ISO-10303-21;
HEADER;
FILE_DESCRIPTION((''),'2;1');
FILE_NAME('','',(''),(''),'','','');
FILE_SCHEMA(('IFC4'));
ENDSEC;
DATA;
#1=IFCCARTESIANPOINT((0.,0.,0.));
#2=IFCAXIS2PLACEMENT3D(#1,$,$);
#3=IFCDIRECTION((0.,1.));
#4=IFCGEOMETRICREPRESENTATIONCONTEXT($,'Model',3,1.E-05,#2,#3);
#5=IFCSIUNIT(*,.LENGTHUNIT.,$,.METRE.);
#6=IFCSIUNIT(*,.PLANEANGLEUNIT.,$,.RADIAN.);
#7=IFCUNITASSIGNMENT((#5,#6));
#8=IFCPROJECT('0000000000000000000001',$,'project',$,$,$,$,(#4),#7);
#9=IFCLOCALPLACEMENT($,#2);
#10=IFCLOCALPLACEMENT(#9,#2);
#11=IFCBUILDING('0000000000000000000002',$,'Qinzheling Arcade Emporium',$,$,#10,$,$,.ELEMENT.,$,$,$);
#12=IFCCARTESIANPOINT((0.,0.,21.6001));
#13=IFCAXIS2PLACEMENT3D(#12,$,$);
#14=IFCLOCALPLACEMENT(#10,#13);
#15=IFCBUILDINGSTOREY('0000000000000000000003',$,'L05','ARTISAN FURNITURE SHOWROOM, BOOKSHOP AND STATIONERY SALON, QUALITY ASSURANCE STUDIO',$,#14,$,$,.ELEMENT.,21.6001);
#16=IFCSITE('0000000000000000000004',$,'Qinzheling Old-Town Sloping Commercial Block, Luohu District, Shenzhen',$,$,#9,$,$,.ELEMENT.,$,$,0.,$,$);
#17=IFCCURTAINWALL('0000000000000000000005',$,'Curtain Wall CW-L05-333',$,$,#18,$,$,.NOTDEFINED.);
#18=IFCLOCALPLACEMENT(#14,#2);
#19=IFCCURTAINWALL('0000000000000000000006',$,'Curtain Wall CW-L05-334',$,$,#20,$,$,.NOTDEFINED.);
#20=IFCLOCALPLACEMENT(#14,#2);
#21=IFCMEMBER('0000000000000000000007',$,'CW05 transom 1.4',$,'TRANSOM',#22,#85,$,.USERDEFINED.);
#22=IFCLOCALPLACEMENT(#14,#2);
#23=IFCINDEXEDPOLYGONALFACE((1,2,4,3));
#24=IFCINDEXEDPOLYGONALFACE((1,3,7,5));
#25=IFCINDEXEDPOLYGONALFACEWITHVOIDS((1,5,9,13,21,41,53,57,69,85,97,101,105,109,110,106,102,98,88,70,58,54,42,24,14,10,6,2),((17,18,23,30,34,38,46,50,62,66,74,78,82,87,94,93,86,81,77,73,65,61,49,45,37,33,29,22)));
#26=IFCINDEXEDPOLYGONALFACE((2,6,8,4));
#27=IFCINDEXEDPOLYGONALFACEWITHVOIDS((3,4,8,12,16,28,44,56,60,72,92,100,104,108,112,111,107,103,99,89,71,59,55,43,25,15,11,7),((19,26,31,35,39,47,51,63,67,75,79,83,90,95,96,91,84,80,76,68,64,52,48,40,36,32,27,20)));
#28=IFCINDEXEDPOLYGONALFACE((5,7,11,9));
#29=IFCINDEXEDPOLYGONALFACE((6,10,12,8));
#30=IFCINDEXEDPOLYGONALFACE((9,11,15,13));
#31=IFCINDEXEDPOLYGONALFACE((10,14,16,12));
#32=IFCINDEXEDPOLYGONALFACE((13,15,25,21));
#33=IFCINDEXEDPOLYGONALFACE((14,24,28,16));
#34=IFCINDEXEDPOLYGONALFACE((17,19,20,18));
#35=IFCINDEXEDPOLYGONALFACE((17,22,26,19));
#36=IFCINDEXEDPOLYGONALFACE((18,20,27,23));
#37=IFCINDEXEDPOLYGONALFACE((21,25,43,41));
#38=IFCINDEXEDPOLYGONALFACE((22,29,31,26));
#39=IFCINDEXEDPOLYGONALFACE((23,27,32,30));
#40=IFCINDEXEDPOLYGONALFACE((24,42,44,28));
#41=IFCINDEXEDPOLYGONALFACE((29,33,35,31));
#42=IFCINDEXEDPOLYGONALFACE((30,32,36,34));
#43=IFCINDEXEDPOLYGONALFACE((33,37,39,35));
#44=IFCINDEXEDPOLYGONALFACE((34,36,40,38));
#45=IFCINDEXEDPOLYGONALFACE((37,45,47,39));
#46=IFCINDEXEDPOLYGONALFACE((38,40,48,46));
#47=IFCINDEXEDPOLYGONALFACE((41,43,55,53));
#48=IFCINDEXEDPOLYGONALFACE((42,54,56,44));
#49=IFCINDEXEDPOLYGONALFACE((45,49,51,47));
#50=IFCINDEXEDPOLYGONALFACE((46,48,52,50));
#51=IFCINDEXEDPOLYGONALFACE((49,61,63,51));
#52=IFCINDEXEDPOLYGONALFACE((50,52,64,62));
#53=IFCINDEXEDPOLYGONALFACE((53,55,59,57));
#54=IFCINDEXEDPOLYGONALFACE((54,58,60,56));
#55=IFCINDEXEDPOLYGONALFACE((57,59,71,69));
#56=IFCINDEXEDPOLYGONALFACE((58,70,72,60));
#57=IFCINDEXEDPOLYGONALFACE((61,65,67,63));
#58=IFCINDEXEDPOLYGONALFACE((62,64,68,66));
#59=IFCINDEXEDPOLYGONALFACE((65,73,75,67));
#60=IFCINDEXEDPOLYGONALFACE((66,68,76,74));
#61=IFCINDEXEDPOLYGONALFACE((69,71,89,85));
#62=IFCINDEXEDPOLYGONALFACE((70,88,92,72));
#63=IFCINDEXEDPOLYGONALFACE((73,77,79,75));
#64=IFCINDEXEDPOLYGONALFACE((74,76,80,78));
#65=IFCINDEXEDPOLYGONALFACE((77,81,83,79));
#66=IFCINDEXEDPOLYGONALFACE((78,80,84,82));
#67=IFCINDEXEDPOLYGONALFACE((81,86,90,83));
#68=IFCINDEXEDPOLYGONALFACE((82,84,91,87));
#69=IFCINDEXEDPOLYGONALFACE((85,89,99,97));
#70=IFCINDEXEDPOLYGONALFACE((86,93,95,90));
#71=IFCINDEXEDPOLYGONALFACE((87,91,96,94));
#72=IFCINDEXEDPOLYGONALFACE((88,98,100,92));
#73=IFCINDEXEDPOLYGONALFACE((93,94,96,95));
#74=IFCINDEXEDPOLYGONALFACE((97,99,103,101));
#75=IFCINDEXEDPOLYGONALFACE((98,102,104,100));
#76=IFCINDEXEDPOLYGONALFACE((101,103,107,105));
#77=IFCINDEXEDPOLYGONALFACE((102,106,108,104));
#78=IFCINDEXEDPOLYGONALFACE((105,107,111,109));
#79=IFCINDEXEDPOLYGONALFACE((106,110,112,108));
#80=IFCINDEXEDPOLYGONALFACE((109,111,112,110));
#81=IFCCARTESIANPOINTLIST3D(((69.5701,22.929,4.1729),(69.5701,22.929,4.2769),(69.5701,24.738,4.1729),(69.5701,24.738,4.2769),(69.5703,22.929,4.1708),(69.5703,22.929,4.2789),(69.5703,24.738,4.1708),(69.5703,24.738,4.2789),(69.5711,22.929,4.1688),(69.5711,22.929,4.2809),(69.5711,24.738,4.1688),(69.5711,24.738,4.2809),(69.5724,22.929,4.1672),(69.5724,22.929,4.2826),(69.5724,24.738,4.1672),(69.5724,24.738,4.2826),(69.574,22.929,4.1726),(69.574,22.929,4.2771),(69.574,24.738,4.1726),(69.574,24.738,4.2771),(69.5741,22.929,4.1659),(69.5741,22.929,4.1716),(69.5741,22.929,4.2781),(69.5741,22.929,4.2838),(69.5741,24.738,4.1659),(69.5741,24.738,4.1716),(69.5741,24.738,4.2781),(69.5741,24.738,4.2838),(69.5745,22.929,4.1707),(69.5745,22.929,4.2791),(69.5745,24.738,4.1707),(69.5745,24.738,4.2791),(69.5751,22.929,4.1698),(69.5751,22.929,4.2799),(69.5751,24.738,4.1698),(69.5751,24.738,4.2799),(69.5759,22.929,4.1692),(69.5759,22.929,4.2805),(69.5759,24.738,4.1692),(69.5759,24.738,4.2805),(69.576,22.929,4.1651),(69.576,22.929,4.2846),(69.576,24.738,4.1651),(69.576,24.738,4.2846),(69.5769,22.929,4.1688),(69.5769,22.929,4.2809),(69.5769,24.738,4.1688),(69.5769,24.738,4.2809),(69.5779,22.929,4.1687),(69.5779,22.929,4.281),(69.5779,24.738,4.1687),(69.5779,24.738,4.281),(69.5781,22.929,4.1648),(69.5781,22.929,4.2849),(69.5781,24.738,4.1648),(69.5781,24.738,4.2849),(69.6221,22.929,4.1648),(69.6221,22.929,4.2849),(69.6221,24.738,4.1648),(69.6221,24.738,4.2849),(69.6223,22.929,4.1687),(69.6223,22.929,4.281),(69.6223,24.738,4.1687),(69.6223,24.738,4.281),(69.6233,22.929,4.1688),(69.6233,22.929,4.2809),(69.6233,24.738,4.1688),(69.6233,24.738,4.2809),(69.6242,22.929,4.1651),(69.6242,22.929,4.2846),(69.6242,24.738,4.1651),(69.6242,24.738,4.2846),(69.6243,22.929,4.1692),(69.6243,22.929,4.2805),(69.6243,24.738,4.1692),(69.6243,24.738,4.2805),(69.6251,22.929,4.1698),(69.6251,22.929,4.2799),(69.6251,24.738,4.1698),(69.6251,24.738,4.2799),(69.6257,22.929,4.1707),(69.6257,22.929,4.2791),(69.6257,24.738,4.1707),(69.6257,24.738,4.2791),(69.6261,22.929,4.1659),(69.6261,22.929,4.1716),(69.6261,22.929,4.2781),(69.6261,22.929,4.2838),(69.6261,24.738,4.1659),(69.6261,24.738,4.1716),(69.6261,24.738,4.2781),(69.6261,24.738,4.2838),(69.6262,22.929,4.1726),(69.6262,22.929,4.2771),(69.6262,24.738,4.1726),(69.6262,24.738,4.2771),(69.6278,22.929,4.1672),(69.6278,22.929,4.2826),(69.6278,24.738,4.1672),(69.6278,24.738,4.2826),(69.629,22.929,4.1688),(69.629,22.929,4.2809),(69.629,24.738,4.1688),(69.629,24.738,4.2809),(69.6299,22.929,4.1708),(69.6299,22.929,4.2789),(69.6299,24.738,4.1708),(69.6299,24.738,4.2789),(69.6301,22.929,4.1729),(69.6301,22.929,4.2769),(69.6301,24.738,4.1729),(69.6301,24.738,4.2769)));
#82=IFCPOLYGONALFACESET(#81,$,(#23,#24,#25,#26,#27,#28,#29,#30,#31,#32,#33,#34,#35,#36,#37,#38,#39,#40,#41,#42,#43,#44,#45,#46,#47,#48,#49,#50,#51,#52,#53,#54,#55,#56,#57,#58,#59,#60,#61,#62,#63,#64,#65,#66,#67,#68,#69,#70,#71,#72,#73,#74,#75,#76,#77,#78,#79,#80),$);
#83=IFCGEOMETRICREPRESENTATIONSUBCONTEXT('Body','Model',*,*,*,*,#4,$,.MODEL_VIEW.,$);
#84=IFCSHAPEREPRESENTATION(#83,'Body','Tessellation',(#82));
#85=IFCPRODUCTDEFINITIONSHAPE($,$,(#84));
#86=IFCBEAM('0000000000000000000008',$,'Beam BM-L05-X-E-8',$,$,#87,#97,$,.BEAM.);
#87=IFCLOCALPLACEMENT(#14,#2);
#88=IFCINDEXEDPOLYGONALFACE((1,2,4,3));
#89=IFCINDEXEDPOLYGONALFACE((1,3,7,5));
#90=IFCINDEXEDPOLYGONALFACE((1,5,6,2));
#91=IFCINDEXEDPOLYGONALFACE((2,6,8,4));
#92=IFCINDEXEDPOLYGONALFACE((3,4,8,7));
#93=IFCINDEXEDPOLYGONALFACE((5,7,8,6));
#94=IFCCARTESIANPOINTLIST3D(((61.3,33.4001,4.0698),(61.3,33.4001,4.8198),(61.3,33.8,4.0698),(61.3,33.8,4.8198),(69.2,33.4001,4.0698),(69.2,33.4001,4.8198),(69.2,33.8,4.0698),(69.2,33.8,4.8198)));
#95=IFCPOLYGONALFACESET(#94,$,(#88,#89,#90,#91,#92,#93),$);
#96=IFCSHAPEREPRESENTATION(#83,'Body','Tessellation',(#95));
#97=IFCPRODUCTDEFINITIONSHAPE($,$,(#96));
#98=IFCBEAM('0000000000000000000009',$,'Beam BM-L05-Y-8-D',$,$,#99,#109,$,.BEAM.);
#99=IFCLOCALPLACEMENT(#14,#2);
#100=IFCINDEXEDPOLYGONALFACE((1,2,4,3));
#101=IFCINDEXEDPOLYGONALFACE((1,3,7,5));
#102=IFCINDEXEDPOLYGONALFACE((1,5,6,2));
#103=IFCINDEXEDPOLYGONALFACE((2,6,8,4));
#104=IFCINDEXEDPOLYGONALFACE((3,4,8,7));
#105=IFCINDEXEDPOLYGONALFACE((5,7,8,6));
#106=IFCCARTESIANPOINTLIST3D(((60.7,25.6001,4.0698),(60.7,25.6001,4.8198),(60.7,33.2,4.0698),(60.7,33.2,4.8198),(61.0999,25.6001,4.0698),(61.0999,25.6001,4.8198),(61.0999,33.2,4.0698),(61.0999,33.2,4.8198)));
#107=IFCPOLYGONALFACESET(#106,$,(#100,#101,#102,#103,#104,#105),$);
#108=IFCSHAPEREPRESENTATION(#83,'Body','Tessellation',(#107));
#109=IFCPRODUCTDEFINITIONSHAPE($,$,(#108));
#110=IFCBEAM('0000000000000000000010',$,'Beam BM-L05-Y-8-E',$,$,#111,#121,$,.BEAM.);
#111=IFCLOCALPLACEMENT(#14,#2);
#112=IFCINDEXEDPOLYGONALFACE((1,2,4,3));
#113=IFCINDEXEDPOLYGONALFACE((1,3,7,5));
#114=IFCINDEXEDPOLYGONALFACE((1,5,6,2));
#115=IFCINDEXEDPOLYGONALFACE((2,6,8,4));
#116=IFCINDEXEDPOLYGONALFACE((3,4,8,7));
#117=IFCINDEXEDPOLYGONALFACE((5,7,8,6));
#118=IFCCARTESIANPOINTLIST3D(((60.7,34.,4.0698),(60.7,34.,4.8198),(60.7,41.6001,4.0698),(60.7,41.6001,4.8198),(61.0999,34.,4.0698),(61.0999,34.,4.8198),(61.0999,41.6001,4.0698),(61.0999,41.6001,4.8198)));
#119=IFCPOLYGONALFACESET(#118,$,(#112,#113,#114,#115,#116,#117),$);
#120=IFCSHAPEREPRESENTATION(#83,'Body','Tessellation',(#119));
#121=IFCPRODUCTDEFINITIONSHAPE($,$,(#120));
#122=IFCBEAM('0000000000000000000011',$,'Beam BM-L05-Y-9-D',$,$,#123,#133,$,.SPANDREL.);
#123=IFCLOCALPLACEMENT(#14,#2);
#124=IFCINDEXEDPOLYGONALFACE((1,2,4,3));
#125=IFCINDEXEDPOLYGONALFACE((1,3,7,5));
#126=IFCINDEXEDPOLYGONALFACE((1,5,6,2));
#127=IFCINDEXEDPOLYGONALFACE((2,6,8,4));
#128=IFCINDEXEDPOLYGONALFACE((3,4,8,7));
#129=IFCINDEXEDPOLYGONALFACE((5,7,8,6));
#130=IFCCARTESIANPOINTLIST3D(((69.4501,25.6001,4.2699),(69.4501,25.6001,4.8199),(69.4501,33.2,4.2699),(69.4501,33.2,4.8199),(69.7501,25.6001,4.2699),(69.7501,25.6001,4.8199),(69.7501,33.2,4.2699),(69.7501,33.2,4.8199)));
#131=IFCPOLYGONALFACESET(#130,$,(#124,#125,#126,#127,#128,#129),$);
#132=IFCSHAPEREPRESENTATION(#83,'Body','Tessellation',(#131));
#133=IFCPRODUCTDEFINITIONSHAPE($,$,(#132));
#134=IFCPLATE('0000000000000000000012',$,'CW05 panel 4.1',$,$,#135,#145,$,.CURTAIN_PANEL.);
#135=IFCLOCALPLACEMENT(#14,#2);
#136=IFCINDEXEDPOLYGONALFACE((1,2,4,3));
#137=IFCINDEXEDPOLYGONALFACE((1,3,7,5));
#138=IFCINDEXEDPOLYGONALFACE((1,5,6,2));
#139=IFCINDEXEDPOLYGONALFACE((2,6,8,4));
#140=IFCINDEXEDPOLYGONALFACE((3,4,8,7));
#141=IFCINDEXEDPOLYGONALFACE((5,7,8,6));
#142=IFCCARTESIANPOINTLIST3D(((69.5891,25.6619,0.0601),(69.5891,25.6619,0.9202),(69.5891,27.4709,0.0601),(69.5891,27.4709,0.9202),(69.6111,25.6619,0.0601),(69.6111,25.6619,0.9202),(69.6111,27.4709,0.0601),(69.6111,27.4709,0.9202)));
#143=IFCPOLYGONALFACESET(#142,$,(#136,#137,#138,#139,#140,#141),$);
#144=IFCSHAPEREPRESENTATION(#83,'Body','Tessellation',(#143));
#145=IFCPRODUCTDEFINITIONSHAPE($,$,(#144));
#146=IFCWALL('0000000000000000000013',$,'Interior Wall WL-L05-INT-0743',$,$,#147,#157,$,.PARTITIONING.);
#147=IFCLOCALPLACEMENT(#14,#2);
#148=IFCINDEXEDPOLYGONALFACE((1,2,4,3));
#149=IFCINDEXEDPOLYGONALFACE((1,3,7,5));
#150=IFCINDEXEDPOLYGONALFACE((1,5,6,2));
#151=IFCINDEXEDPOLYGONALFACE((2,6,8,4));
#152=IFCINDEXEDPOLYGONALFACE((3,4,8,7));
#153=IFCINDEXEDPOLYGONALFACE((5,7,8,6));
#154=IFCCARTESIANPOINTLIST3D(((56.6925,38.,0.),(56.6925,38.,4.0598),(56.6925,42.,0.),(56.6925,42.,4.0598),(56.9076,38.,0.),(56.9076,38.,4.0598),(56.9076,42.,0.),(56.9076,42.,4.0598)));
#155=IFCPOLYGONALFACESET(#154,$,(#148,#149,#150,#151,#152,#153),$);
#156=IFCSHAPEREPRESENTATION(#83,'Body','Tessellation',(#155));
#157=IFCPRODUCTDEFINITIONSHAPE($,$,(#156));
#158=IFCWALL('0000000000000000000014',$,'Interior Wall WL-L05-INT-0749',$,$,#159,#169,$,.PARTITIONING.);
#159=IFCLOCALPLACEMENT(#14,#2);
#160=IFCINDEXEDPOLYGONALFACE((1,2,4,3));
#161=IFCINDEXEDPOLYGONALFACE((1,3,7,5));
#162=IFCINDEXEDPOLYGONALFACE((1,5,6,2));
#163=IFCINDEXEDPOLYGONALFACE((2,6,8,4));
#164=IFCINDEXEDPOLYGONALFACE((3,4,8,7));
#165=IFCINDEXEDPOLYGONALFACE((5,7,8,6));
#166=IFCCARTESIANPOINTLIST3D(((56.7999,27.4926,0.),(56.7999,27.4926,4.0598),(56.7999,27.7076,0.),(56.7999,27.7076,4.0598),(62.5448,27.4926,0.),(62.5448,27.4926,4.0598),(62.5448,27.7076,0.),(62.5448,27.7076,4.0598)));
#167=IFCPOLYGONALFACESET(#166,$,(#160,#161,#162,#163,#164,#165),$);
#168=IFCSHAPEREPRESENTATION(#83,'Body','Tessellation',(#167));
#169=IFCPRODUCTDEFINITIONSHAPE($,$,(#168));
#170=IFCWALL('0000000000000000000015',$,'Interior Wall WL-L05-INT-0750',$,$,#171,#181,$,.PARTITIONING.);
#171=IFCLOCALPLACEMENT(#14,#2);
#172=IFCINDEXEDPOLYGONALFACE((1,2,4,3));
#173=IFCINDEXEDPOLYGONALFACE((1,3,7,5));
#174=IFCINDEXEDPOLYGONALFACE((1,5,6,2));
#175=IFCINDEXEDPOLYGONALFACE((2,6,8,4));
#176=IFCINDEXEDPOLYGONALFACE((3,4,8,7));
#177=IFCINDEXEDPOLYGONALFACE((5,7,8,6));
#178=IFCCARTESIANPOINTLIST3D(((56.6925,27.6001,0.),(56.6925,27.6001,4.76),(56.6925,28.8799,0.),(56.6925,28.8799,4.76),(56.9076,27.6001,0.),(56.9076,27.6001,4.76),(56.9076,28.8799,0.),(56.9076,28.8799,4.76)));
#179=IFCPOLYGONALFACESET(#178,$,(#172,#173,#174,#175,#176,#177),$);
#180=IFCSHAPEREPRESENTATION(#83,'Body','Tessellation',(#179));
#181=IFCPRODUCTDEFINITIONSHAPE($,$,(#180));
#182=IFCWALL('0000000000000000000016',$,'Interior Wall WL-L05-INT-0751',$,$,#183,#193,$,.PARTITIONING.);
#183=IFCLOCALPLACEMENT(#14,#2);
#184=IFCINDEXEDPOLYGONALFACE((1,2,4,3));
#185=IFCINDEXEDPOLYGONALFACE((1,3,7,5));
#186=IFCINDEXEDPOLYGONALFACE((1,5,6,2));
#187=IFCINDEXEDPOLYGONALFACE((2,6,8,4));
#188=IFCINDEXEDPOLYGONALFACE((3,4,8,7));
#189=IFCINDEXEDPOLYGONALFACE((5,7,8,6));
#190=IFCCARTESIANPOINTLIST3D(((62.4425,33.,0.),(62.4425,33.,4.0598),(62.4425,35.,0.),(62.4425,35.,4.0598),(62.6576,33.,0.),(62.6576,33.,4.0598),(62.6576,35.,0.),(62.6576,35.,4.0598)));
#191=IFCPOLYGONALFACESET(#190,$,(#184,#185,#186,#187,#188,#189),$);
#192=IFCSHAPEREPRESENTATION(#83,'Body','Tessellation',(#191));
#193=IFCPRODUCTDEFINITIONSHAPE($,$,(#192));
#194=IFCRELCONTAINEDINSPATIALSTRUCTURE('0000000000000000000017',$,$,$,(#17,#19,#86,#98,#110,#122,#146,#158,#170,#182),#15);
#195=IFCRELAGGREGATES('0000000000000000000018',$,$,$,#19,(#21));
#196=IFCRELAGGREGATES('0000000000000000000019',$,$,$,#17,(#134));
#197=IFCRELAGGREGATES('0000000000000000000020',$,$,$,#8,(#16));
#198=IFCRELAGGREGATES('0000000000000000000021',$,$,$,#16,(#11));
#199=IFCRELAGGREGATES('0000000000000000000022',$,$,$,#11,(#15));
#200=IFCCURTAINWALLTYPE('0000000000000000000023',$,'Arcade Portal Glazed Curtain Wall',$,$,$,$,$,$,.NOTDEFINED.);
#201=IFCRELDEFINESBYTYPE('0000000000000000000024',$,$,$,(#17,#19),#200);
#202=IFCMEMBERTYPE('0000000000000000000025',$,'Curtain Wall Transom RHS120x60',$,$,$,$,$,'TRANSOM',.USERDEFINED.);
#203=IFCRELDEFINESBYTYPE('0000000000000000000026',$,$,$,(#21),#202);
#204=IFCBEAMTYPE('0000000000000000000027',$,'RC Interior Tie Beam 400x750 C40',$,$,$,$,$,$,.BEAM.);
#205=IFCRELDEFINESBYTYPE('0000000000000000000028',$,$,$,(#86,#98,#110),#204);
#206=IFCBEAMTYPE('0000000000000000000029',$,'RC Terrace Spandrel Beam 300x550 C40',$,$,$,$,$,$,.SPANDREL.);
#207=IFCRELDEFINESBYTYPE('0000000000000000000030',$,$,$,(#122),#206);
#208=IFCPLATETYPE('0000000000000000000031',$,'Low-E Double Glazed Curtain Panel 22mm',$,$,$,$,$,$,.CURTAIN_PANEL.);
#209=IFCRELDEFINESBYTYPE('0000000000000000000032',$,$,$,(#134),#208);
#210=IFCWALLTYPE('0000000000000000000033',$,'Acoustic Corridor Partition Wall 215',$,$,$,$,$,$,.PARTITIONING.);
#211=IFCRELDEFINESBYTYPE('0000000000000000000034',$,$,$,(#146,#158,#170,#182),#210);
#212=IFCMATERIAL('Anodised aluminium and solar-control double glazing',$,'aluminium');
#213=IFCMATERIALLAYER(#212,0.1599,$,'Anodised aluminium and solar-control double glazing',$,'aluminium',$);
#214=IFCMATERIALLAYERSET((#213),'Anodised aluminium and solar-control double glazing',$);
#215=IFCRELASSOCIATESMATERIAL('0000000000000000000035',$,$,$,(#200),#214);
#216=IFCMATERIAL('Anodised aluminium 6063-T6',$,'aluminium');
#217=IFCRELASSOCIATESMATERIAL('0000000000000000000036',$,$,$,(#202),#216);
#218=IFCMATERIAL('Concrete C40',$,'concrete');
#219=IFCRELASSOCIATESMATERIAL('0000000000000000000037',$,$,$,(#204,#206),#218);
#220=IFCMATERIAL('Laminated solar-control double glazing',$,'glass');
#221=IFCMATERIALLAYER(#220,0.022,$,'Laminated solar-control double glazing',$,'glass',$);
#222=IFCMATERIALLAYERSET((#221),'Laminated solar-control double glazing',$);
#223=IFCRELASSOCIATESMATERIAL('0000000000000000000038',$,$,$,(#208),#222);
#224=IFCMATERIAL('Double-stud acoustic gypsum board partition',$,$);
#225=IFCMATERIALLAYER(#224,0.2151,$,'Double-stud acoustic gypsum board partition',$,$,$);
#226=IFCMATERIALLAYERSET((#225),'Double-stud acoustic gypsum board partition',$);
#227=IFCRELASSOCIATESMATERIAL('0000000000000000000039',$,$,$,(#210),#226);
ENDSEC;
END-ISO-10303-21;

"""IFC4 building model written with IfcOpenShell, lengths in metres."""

from ifc_helpers import new_model, si_unit, direction, frame, frame_2d, origin, origin_2d, place, context, subcontext, project, spatial, rectangle, hollow_rectangle, extrude, material, layer, layer_set, material_profile, profile_set, type_object, element, aggregate, save


model = new_model("IFC4")

# Units and contexts
model_context = context("Model", 3, precision=1e-05, world=origin(), true_north=direction((0.0, 1.0)))
body_context = subcontext(model_context, "Body", "Model", "MODEL_VIEW")
ifc_project = project(units=[si_unit("LENGTHUNIT", "METRE"), si_unit("PLANEANGLEUNIT", "RADIAN")], contexts=[model_context])

# Site, building, storey
site_placement = place(None, origin())
site = spatial("IfcSite", under=ifc_project, at=site_placement, Name="Qinzheling Old-Town Sloping Commercial Block, Luohu District, Shenzhen", CompositionType="ELEMENT", RefElevation=0.0)
building_placement = place(site_placement, origin())
building = spatial("IfcBuilding", under=site, at=building_placement, Name="Qinzheling Arcade Emporium", CompositionType="ELEMENT")
storey_placement = place(building_placement, frame((0.0, 0.0, 21.6001)))
storey = spatial("IfcBuildingStorey", under=building, at=storey_placement, Name="L05", Description="ARTISAN FURNITURE SHOWROOM, BOOKSHOP AND STATIONERY SALON, QUALITY ASSURANCE STUDIO", CompositionType="ELEMENT", Elevation=21.6001)

# Shared definitions
ifc_material_1 = material(Name="Concrete C40", Category="concrete")

# Curtain wall
ifc_material_2 = material(Name="Anodised aluminium and solar-control double glazing", Category="aluminium")
ifc_layer_1 = layer(ifc_material_2, 0.1599, Name="Anodised aluminium and solar-control double glazing", Category="aluminium")
ifc_layer_set_1 = layer_set([ifc_layer_1], Name="Anodised aluminium and solar-control double glazing")
curtain_wall_type = type_object("IfcCurtainWallType", Name="Arcade Portal Glazed Curtain Wall", PredefinedType="NOTDEFINED", material=ifc_layer_set_1)
curtain_wall_1_placement = place(storey_placement, origin())
curtain_wall_1 = element("IfcCurtainWall", 1, at=curtain_wall_1_placement, inside=storey, type_object=curtain_wall_type, Name="Curtain Wall CW-L05-333", PredefinedType="NOTDEFINED")
ifc_material_3 = material(Name="Anodised aluminium 6063-T6", Category="aluminium")

# Curtain wall, member
curtain_wall_2_placement = place(storey_placement, origin())
curtain_wall_2 = element("IfcCurtainWall", 2, at=curtain_wall_2_placement, inside=storey, type_object=curtain_wall_type, Name="Curtain Wall CW-L05-334", PredefinedType="NOTDEFINED")
ifc_material_profile_1 = material_profile(ifc_material_3, hollow_rectangle(XDim=0.0601, YDim=0.1201, WallThickness=0.0039, InnerFilletRadius=0.0039, OuterFilletRadius=0.0081, at=origin_2d()), Name="RHS 120x60x4", Category="aluminium")
ifc_profile_set_1 = profile_set([ifc_material_profile_1], Name="Anodised aluminium 6063-T6")
member_type_1 = type_object("IfcMemberType", Name="Curtain Wall Transom RHS120x60", ElementType="TRANSOM", PredefinedType="USERDEFINED", material=ifc_profile_set_1)
member_1_placement = place(storey_placement, frame((69.6001, 24.738, 4.2249), z_axis=(0.0, -1.0, 0.0), x_axis=(1.0, 0.0, 0.0)))
member_1 = element("IfcMember", 3, at=member_1_placement, type_object=member_type_1, Name="CW05 transom 1.4", ObjectType="TRANSOM", PredefinedType="USERDEFINED", context=body_context, shape_type="SweptSolid", body=[
    extrude(hollow_rectangle(XDim=0.0601, YDim=0.1201, WallThickness=0.0039, InnerFilletRadius=0.0039, OuterFilletRadius=0.0081, at=origin_2d()), origin(), (0.0, 0.0, 1.0), 1.8091),
])
aggregate(curtain_wall_2, [member_1])

# Beams
ifc_material_profile_2 = material_profile(ifc_material_1, rectangle(XDim=0.3999, YDim=0.75, at=origin_2d()), Name="RC 400x750", Category="concrete")
ifc_profile_set_2 = profile_set([ifc_material_profile_2], Name="Concrete C40")
beam_type_1 = type_object("IfcBeamType", Name="RC Interior Tie Beam 400x750 C40", PredefinedType="BEAM", material=ifc_profile_set_2)
beam_1_placement = place(storey_placement, frame((61.3, 33.6001, 4.4448), z_axis=(1.0, 0.0, 0.0), x_axis=(0.0, 1.0, 0.0)))
element("IfcBeam", 4, at=beam_1_placement, inside=storey, type_object=beam_type_1, Name="Beam BM-L05-X-E-8", PredefinedType="BEAM", context=body_context, shape_type="SweptSolid", body=[
    extrude(rectangle(XDim=0.3999, YDim=0.75, at=origin_2d()), origin(), (0.0, 0.0, 1.0), 7.8999),
])
beam_2_placement = place(storey_placement, frame((60.8999, 25.6001, 4.4448), z_axis=(0.0, 1.0, 0.0), x_axis=(-1.0, 0.0, 0.0)))
element("IfcBeam", 5, at=beam_2_placement, inside=storey, type_object=beam_type_1, Name="Beam BM-L05-Y-8-D", PredefinedType="BEAM", context=body_context, shape_type="SweptSolid", body=[
    extrude(rectangle(XDim=0.3999, YDim=0.75, at=origin_2d()), origin(), (0.0, 0.0, 1.0), 7.5999),
])
beam_3_placement = place(storey_placement, frame((60.8999, 34.0, 4.4448), z_axis=(0.0, 1.0, 0.0), x_axis=(-1.0, 0.0, 0.0)))
element("IfcBeam", 6, at=beam_3_placement, inside=storey, type_object=beam_type_1, Name="Beam BM-L05-Y-8-E", PredefinedType="BEAM", context=body_context, shape_type="SweptSolid", body=[
    extrude(rectangle(XDim=0.3999, YDim=0.75, at=origin_2d()), origin(), (0.0, 0.0, 1.0), 7.6001),
])
ifc_material_profile_3 = material_profile(ifc_material_1, rectangle(XDim=0.3, YDim=0.55, at=origin_2d()), Name="RC 300x550", Category="concrete")
ifc_profile_set_3 = profile_set([ifc_material_profile_3], Name="Concrete C40")
beam_type_2 = type_object("IfcBeamType", Name="RC Terrace Spandrel Beam 300x550 C40", PredefinedType="SPANDREL", material=ifc_profile_set_3)
beam_4_placement = place(storey_placement, frame((69.6001, 25.6001, 4.5449), z_axis=(0.0, 1.0, 0.0), x_axis=(-1.0, 0.0, 0.0)))
element("IfcBeam", 7, at=beam_4_placement, inside=storey, type_object=beam_type_2, Name="Beam BM-L05-Y-9-D", PredefinedType="SPANDREL", context=body_context, shape_type="SweptSolid", body=[
    extrude(rectangle(XDim=0.3, YDim=0.55, at=origin_2d()), origin(), (0.0, 0.0, 1.0), 7.5999),
])

# Plate
ifc_material_4 = material(Name="Laminated solar-control double glazing", Category="glass")
ifc_layer_2 = layer(ifc_material_4, 0.022, Name="Laminated solar-control double glazing", Category="glass")
ifc_layer_set_2 = layer_set([ifc_layer_2], Name="Laminated solar-control double glazing")
plate_type = type_object("IfcPlateType", Name="Low-E Double Glazed Curtain Panel 22mm", PredefinedType="CURTAIN_PANEL", material=ifc_layer_set_2)
plate_placement = place(storey_placement, frame((69.6001, 26.5664, 0.0601), z_axis=(0.0, 0.0, 1.0), x_axis=(0.0, -1.0, 0.0)))
plate = element("IfcPlate", 8, at=plate_placement, type_object=plate_type, Name="CW05 panel 4.1", PredefinedType="CURTAIN_PANEL", context=body_context, shape_type="SweptSolid", body=[
    extrude(rectangle(XDim=1.8091, YDim=0.022, at=origin_2d()), origin(), (0.0, 0.0, 1.0), 0.8601),
])
aggregate(curtain_wall_1, [plate])

# Walls
ifc_material_5 = material(Name="Double-stud acoustic gypsum board partition")
ifc_layer_3 = layer(ifc_material_5, 0.2151, Name="Double-stud acoustic gypsum board partition")
ifc_layer_set_3 = layer_set([ifc_layer_3], Name="Double-stud acoustic gypsum board partition")
wall_type_1 = type_object("IfcWallType", Name="Acoustic Corridor Partition Wall 215", PredefinedType="PARTITIONING", material=ifc_layer_set_3)
wall_1_placement = place(storey_placement, frame((56.8, 38.0, 0.0), z_axis=(0.0, 0.0, 1.0), x_axis=(0.0, 1.0, 0.0)))
element("IfcWall", 9, at=wall_1_placement, inside=storey, type_object=wall_type_1, Name="Interior Wall WL-L05-INT-0743", PredefinedType="PARTITIONING", context=body_context, shape_type="SweptSolid", body=[
    extrude(rectangle(XDim=4.0, YDim=0.2151, at=frame_2d((2.0, 0.0))), origin(), (0.0, 0.0, 1.0), 4.0598),
])
wall_2_placement = place(storey_placement, frame((62.5449, 27.6001, 0.0), z_axis=(0.0, 0.0, 1.0), x_axis=(-1.0, 0.0, 0.0)))
element("IfcWall", 10, at=wall_2_placement, inside=storey, type_object=wall_type_1, Name="Interior Wall WL-L05-INT-0749", PredefinedType="PARTITIONING", context=body_context, shape_type="SweptSolid", body=[
    extrude(rectangle(XDim=5.7449, YDim=0.2151, at=frame_2d((2.8726, 0.0))), origin(), (0.0, 0.0, 1.0), 4.0598),
])
wall_3_placement = place(storey_placement, frame((56.8, 27.6001, 0.0), z_axis=(0.0, 0.0, 1.0), x_axis=(0.0, 1.0, 0.0)))
element("IfcWall", 11, at=wall_3_placement, inside=storey, type_object=wall_type_1, Name="Interior Wall WL-L05-INT-0750", PredefinedType="PARTITIONING", context=body_context, shape_type="SweptSolid", body=[
    extrude(rectangle(XDim=1.2798, YDim=0.2151, at=frame_2d((0.6399, 0.0))), origin(), (0.0, 0.0, 1.0), 4.76),
])
wall_4_placement = place(storey_placement, frame((62.55, 35.0, 0.0), z_axis=(0.0, 0.0, 1.0), x_axis=(0.0, -1.0, 0.0)))
element("IfcWall", 12, at=wall_4_placement, inside=storey, type_object=wall_type_1, Name="Interior Wall WL-L05-INT-0751", PredefinedType="PARTITIONING", context=body_context, shape_type="SweptSolid", body=[
    extrude(rectangle(XDim=2.0, YDim=0.2151, at=frame_2d((1.0, 0.0))), origin(), (0.0, 0.0, 1.0), 4.0598),
])

save(model, "model.ifc")
